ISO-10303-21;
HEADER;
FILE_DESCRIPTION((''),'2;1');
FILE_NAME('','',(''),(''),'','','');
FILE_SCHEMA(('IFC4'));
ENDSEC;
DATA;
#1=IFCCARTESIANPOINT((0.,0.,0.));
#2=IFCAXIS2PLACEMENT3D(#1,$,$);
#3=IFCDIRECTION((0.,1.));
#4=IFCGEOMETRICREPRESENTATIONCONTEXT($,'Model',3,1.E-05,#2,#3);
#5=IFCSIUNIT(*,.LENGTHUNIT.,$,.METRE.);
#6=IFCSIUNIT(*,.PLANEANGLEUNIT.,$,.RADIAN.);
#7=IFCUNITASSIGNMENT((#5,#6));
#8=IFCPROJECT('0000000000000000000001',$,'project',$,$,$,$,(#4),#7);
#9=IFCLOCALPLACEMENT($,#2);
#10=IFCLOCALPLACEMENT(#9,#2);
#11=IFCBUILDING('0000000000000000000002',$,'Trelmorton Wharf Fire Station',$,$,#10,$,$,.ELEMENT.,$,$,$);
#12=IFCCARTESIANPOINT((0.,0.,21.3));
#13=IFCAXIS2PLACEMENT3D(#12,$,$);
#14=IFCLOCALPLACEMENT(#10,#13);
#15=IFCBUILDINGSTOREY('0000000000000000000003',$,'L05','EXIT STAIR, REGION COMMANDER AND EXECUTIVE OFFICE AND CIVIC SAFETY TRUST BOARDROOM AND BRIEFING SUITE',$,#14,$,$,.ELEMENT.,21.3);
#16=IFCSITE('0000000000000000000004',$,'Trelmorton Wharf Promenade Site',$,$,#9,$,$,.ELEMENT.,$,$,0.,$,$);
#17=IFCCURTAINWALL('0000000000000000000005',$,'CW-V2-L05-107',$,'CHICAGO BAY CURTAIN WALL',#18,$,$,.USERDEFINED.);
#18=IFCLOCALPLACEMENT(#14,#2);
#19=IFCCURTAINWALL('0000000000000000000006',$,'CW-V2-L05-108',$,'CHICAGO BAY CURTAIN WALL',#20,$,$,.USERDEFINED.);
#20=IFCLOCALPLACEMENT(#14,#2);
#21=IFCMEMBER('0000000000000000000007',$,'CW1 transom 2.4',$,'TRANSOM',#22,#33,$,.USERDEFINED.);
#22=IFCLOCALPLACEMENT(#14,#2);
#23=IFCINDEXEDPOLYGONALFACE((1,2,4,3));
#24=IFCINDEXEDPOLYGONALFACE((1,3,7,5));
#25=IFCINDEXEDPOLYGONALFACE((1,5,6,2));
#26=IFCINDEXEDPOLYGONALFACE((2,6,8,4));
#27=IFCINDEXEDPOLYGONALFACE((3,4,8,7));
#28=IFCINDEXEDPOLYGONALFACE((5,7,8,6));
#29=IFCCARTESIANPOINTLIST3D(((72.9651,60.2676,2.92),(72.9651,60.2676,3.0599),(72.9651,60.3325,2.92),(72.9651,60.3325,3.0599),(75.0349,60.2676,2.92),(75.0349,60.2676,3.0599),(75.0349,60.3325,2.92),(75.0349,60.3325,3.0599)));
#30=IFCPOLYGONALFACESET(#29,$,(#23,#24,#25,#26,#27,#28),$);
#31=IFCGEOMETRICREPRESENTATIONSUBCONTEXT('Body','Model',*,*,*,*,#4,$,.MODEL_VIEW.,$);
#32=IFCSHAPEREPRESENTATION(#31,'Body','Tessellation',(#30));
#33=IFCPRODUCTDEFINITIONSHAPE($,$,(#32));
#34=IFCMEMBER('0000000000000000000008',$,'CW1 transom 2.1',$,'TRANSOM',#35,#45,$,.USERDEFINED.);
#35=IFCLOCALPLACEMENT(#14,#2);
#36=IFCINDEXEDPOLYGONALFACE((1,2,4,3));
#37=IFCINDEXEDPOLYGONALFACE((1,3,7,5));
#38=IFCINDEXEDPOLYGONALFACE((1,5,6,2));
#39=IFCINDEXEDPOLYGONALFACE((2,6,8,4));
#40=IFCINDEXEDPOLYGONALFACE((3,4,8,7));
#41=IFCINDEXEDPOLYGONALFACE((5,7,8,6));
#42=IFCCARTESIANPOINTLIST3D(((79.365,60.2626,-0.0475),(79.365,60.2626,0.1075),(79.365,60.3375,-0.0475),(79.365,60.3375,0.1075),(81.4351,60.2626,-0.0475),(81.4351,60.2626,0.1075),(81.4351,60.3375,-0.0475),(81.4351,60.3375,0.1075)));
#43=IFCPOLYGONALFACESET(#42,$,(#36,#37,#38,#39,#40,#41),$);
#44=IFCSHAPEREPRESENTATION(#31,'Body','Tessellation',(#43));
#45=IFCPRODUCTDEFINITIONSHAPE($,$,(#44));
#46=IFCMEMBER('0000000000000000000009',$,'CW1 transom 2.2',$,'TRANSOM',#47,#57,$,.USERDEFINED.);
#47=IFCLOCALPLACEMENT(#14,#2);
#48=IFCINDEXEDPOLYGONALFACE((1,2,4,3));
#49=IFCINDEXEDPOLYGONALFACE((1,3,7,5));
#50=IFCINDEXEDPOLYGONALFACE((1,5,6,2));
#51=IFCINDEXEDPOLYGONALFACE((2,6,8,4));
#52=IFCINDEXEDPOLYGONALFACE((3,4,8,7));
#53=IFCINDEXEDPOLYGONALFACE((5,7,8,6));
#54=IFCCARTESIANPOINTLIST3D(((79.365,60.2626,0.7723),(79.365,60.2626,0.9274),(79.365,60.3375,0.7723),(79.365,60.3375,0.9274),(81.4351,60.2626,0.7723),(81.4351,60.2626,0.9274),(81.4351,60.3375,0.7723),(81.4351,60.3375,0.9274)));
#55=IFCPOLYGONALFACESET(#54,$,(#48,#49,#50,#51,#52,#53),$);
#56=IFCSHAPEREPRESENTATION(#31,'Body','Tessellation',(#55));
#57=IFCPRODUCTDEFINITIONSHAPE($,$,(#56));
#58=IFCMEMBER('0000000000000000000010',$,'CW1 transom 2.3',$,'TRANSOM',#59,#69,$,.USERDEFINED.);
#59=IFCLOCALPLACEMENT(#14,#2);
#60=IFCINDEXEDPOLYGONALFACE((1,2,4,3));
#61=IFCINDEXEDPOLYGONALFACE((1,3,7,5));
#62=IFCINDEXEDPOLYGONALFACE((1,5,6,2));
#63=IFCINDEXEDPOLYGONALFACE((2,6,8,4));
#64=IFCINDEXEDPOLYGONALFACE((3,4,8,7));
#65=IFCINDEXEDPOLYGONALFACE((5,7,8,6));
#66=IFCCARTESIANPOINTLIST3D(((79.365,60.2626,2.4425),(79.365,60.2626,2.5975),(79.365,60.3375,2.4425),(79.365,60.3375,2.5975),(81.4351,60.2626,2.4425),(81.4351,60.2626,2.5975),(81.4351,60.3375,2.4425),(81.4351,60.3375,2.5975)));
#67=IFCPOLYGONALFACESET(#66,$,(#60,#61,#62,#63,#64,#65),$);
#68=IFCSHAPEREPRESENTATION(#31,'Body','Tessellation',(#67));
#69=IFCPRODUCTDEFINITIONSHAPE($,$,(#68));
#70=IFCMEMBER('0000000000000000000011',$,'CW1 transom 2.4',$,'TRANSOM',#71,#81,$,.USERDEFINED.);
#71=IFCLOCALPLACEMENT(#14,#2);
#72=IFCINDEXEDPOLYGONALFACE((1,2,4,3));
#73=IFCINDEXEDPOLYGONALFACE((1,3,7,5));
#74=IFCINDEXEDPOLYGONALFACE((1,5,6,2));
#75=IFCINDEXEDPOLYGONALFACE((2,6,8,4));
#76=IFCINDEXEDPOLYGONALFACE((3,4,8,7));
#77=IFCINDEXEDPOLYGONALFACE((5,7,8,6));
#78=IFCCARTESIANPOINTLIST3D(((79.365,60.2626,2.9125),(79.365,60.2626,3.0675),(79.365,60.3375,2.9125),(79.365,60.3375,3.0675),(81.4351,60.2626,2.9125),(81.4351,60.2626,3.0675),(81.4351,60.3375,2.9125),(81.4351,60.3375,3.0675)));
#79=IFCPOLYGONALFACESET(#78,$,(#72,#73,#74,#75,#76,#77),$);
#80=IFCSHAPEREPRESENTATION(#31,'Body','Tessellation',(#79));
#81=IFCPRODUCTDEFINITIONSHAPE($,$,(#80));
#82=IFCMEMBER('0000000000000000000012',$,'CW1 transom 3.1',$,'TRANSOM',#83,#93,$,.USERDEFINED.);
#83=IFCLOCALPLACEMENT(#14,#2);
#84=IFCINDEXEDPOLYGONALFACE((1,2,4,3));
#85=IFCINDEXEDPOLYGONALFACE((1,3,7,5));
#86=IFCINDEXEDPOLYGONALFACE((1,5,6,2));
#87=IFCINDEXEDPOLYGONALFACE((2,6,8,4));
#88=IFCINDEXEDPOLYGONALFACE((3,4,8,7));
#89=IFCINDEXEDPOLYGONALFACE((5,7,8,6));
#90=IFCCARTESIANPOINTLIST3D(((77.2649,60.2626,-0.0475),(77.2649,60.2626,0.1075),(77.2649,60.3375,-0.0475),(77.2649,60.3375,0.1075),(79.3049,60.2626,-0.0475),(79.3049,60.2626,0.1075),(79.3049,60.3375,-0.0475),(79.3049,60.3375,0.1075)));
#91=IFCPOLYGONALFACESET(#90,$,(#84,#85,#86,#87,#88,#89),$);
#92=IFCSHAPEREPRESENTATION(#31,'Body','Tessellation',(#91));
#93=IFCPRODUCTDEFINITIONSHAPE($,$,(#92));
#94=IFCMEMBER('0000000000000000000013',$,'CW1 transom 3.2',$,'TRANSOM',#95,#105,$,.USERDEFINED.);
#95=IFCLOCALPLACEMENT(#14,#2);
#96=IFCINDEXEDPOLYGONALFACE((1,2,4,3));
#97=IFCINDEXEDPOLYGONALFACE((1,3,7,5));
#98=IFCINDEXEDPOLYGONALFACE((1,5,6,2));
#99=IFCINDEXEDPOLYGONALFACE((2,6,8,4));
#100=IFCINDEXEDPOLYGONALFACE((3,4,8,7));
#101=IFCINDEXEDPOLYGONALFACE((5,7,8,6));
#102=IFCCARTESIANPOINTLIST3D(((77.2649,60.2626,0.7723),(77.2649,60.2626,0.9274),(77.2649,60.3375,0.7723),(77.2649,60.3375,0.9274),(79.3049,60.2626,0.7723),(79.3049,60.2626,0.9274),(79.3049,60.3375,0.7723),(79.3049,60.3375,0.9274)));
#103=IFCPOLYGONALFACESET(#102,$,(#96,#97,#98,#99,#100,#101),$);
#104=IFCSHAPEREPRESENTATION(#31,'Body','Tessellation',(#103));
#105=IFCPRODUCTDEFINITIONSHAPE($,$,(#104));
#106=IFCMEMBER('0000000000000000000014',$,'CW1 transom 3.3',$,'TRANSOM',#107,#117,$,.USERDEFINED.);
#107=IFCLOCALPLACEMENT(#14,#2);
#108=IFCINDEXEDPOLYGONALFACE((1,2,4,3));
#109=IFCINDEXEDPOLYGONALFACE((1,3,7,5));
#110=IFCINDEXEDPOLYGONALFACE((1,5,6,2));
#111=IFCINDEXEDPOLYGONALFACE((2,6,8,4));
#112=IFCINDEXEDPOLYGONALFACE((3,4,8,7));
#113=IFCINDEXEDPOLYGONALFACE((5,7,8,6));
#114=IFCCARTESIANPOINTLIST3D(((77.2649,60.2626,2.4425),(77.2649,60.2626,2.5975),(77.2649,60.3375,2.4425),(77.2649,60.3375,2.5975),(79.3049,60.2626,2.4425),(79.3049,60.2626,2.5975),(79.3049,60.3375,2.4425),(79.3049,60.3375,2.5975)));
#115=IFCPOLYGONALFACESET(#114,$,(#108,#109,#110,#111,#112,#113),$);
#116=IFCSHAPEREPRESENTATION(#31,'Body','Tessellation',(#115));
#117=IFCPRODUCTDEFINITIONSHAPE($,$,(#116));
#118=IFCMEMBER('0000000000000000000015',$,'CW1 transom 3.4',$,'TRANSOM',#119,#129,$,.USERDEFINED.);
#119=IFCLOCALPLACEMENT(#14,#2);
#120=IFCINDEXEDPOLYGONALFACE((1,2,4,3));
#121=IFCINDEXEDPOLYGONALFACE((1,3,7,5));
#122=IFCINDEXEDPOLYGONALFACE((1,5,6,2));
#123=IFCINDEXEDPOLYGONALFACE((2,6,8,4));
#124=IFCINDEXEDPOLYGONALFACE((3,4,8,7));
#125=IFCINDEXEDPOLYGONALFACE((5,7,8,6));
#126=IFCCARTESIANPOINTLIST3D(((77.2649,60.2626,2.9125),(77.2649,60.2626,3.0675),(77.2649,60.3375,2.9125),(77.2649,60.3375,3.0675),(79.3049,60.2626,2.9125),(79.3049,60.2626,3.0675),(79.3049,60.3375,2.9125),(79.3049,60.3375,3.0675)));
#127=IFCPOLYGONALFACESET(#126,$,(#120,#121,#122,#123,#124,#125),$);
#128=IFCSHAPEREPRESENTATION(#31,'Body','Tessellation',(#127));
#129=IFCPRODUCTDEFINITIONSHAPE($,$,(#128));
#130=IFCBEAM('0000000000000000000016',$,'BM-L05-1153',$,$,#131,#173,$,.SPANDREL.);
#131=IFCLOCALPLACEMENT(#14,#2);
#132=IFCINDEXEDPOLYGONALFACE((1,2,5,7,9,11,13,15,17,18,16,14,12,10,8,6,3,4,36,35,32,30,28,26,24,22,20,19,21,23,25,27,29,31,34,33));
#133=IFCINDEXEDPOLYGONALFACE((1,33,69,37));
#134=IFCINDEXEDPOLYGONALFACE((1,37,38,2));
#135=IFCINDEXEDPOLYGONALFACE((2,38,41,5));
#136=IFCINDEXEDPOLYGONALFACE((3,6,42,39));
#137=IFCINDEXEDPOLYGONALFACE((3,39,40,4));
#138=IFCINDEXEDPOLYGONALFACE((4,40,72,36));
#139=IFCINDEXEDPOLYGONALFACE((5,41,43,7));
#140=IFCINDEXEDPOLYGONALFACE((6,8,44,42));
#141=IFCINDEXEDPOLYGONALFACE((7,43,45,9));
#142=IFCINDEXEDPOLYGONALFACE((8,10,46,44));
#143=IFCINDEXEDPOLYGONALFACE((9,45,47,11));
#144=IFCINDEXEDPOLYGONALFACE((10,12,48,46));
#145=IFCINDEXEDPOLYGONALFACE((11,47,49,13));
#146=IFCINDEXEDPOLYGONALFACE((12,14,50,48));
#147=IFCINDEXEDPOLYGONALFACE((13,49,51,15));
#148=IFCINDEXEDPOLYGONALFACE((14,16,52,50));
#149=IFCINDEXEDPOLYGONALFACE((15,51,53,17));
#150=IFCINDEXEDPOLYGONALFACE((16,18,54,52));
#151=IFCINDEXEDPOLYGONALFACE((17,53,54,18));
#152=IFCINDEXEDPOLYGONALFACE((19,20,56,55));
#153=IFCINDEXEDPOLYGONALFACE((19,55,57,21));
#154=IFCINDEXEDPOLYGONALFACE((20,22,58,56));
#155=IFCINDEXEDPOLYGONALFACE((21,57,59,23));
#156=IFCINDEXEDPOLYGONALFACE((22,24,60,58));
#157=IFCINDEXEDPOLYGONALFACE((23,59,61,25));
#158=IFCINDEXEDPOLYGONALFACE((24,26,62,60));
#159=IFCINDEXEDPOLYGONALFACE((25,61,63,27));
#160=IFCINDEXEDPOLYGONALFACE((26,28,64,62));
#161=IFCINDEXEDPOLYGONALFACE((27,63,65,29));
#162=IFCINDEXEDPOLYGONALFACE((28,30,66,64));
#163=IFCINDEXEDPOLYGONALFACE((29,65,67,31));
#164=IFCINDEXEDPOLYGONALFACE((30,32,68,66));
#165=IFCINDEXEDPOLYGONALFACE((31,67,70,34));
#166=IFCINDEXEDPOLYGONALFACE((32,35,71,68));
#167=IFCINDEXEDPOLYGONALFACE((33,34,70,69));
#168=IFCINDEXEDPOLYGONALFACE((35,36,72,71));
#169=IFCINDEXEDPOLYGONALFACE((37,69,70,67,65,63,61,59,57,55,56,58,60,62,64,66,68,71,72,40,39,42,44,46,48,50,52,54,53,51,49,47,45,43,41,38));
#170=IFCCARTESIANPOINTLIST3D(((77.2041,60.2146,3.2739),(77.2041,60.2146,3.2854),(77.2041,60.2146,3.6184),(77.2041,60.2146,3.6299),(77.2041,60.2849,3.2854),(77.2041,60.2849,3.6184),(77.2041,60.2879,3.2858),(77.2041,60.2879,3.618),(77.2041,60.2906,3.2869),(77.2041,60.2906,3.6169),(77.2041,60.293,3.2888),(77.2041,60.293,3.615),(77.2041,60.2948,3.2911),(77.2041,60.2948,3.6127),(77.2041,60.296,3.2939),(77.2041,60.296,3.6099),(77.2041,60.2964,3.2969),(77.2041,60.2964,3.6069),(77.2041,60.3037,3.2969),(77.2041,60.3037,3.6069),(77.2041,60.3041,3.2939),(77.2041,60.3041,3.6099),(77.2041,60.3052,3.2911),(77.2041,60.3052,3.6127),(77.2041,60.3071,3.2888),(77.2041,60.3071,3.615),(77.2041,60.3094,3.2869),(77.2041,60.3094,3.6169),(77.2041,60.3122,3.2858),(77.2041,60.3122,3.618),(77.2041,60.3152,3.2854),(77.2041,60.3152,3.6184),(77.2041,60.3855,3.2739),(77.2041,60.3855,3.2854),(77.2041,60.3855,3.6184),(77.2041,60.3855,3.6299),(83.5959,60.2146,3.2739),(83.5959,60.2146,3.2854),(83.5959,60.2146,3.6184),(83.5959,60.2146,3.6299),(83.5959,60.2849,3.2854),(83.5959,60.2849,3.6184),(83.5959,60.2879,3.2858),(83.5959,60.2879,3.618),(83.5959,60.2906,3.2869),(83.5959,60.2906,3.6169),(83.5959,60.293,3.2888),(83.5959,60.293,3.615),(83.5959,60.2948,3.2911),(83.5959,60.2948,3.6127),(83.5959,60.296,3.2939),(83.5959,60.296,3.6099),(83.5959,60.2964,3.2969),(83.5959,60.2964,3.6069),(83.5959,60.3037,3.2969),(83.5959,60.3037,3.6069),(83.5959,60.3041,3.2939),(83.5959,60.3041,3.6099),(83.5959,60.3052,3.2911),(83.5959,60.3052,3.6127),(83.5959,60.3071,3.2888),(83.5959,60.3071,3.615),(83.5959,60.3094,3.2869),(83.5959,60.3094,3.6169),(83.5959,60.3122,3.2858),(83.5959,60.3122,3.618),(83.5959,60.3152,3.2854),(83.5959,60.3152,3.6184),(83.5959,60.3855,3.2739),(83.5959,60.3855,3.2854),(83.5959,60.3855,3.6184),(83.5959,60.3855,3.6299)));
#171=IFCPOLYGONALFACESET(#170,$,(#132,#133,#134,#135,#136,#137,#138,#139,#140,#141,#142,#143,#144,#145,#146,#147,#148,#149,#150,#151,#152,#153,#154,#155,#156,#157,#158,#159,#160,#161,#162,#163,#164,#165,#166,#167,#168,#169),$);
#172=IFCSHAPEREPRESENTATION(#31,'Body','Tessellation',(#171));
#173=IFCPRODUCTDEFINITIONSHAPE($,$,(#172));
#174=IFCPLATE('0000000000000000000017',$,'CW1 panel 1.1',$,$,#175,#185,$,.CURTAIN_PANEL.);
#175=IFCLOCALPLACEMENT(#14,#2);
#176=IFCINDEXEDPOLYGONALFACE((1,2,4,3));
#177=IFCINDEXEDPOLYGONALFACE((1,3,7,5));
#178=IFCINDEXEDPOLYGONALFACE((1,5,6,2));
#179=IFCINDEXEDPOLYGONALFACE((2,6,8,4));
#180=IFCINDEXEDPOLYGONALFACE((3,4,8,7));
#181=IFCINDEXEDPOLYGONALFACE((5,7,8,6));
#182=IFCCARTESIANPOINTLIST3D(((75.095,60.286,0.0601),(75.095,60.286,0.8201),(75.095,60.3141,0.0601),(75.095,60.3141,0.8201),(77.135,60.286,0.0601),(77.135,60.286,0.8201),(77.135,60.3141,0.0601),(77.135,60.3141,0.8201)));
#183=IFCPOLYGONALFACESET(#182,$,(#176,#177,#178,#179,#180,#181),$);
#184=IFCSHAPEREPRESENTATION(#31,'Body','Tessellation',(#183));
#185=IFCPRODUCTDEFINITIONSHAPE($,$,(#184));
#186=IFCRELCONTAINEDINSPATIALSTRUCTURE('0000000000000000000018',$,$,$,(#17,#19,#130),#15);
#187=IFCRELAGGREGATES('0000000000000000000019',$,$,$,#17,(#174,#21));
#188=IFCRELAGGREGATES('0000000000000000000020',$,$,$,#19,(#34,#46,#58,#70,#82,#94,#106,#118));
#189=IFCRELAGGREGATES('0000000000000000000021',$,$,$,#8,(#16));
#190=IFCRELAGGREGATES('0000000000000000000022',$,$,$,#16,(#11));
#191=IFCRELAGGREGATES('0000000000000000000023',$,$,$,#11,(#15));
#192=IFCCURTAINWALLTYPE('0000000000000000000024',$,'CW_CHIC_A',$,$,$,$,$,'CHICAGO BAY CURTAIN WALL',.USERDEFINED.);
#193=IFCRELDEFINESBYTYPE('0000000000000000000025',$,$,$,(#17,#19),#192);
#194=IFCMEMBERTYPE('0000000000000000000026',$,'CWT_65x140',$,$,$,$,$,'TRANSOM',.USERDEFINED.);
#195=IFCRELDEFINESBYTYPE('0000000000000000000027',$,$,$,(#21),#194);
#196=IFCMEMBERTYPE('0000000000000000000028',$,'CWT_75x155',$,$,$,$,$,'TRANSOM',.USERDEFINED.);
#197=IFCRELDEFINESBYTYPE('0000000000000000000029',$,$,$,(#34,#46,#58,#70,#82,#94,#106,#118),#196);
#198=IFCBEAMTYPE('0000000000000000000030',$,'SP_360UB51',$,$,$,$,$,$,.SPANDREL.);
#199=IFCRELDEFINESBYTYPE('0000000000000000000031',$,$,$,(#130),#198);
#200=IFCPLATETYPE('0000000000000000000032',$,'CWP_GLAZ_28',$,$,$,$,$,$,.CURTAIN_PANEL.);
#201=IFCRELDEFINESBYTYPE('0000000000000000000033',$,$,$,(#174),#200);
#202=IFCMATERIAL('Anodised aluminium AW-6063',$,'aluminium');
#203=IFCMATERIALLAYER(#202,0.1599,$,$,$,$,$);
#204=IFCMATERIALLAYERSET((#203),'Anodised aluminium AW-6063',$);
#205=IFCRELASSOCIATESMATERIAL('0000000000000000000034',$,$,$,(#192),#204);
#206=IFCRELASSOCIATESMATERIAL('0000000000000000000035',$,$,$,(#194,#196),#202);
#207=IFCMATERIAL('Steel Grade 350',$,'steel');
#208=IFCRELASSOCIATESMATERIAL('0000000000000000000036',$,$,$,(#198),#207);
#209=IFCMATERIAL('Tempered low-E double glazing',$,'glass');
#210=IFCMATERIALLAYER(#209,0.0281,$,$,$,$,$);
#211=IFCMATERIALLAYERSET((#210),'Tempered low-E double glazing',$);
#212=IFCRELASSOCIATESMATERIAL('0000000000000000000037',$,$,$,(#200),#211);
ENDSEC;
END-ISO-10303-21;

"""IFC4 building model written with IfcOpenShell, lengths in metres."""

from ifc_helpers import new_model, si_unit, direction, frame, origin, origin_2d, place, context, subcontext, project, spatial, rectangle, i_section, extrude, material, layer, layer_set, material_profile, profile_set, type_object, element, aggregate, save


model = new_model("IFC4")

# Units and contexts
model_context = context("Model", 3, precision=1e-05, world=origin(), true_north=direction((0.0, 1.0)))
body_context = subcontext(model_context, "Body", "Model", "MODEL_VIEW")
ifc_project = project(units=[si_unit("LENGTHUNIT", "METRE"), si_unit("PLANEANGLEUNIT", "RADIAN")], contexts=[model_context])

# Site, building, storey
site_placement = place(None, origin())
site = spatial("IfcSite", under=ifc_project, at=site_placement, Name="Trelmorton Wharf Promenade Site", CompositionType="ELEMENT", RefElevation=0.0)
building_placement = place(site_placement, origin())
building = spatial("IfcBuilding", under=site, at=building_placement, Name="Trelmorton Wharf Fire Station", CompositionType="ELEMENT")
storey_placement = place(building_placement, frame((0.0, 0.0, 21.3)))
storey = spatial("IfcBuildingStorey", under=building, at=storey_placement, Name="L05", Description="EXIT STAIR, REGION COMMANDER AND EXECUTIVE OFFICE AND CIVIC SAFETY TRUST BOARDROOM AND BRIEFING SUITE", CompositionType="ELEMENT", Elevation=21.3)

# Shared definitions
ifc_material_1 = material(Name="Steel Grade 350", Category="steel")

# Curtain walls
ifc_material_2 = material(Name="Anodised aluminium AW-6063", Category="aluminium")
ifc_layer_1 = layer(ifc_material_2, 0.1599)
ifc_layer_set_1 = layer_set([ifc_layer_1], Name="Anodised aluminium AW-6063")
curtain_wall_type = type_object("IfcCurtainWallType", Name="CW_CHIC_A", ElementType="CHICAGO BAY CURTAIN WALL", PredefinedType="USERDEFINED", material=ifc_layer_set_1)
curtain_wall_1_placement = place(storey_placement, origin())
curtain_wall_1 = element("IfcCurtainWall", 1, at=curtain_wall_1_placement, inside=storey, type_object=curtain_wall_type, Name="CW-V2-L05-107", ObjectType="CHICAGO BAY CURTAIN WALL", PredefinedType="USERDEFINED")
curtain_wall_2_placement = place(storey_placement, origin())
curtain_wall_2 = element("IfcCurtainWall", 2, at=curtain_wall_2_placement, inside=storey, type_object=curtain_wall_type, Name="CW-V2-L05-108", ObjectType="CHICAGO BAY CURTAIN WALL", PredefinedType="USERDEFINED")

# Members
ifc_material_profile_1 = material_profile(ifc_material_2, rectangle(XDim=0.0649, YDim=0.1399, at=origin_2d()), Name="ALU-65x140")
ifc_profile_set_1 = profile_set([ifc_material_profile_1], Name="Anodised aluminium AW-6063")
member_type_1 = type_object("IfcMemberType", Name="CWT_65x140", ElementType="TRANSOM", PredefinedType="USERDEFINED", material=ifc_profile_set_1)
member_1_placement = place(storey_placement, frame((75.0349, 60.3, 2.99), z_axis=(-1.0, 0.0, 0.0), x_axis=(0.0, -1.0, 0.0)))
member_1 = element("IfcMember", 3, at=member_1_placement, type_object=member_type_1, Name="CW1 transom 2.4", ObjectType="TRANSOM", PredefinedType="USERDEFINED", context=body_context, shape_type="SweptSolid", body=[
    extrude(rectangle(XDim=0.0649, YDim=0.1399, at=origin_2d()), origin(), (0.0, 0.0, 1.0), 2.0698),
])
ifc_material_profile_2 = material_profile(ifc_material_2, rectangle(XDim=0.075, YDim=0.155, at=origin_2d()), Name="ALU-75x155")
ifc_profile_set_2 = profile_set([ifc_material_profile_2], Name="Anodised aluminium AW-6063")
member_type_2 = type_object("IfcMemberType", Name="CWT_75x155", ElementType="TRANSOM", PredefinedType="USERDEFINED", material=ifc_profile_set_2)
member_2_placement = place(storey_placement, frame((81.4351, 60.3, 0.03), z_axis=(-1.0, 0.0, 0.0), x_axis=(0.0, -1.0, 0.0)))
member_2 = element("IfcMember", 4, at=member_2_placement, type_object=member_type_2, Name="CW1 transom 2.1", ObjectType="TRANSOM", PredefinedType="USERDEFINED", context=body_context, shape_type="SweptSolid", body=[
    extrude(rectangle(XDim=0.075, YDim=0.155, at=origin_2d()), origin(), (0.0, 0.0, 1.0), 2.0701),
])
member_3_placement = place(storey_placement, frame((81.4351, 60.3, 0.8499), z_axis=(-1.0, 0.0, 0.0), x_axis=(0.0, -1.0, 0.0)))
member_3 = element("IfcMember", 5, at=member_3_placement, type_object=member_type_2, Name="CW1 transom 2.2", ObjectType="TRANSOM", PredefinedType="USERDEFINED", context=body_context, shape_type="SweptSolid", body=[
    extrude(rectangle(XDim=0.075, YDim=0.155, at=origin_2d()), origin(), (0.0, 0.0, 1.0), 2.0701),
])
member_4_placement = place(storey_placement, frame((81.4351, 60.3, 2.52), z_axis=(-1.0, 0.0, 0.0), x_axis=(0.0, -1.0, 0.0)))
member_4 = element("IfcMember", 6, at=member_4_placement, type_object=member_type_2, Name="CW1 transom 2.3", ObjectType="TRANSOM", PredefinedType="USERDEFINED", context=body_context, shape_type="SweptSolid", body=[
    extrude(rectangle(XDim=0.075, YDim=0.155, at=origin_2d()), origin(), (0.0, 0.0, 1.0), 2.0701),
])
member_5_placement = place(storey_placement, frame((81.4351, 60.3, 2.99), z_axis=(-1.0, 0.0, 0.0), x_axis=(0.0, -1.0, 0.0)))
member_5 = element("IfcMember", 7, at=member_5_placement, type_object=member_type_2, Name="CW1 transom 2.4", ObjectType="TRANSOM", PredefinedType="USERDEFINED", context=body_context, shape_type="SweptSolid", body=[
    extrude(rectangle(XDim=0.075, YDim=0.155, at=origin_2d()), origin(), (0.0, 0.0, 1.0), 2.0701),
])
member_6_placement = place(storey_placement, frame((79.3049, 60.3, 0.03), z_axis=(-1.0, 0.0, 0.0), x_axis=(0.0, -1.0, 0.0)))
member_6 = element("IfcMember", 8, at=member_6_placement, type_object=member_type_2, Name="CW1 transom 3.1", ObjectType="TRANSOM", PredefinedType="USERDEFINED", context=body_context, shape_type="SweptSolid", body=[
    extrude(rectangle(XDim=0.075, YDim=0.155, at=origin_2d()), origin(), (0.0, 0.0, 1.0), 2.04),
])
member_7_placement = place(storey_placement, frame((79.3049, 60.3, 0.8499), z_axis=(-1.0, 0.0, 0.0), x_axis=(0.0, -1.0, 0.0)))
member_7 = element("IfcMember", 9, at=member_7_placement, type_object=member_type_2, Name="CW1 transom 3.2", ObjectType="TRANSOM", PredefinedType="USERDEFINED", context=body_context, shape_type="SweptSolid", body=[
    extrude(rectangle(XDim=0.075, YDim=0.155, at=origin_2d()), origin(), (0.0, 0.0, 1.0), 2.04),
])
member_8_placement = place(storey_placement, frame((79.3049, 60.3, 2.52), z_axis=(-1.0, 0.0, 0.0), x_axis=(0.0, -1.0, 0.0)))
member_8 = element("IfcMember", 10, at=member_8_placement, type_object=member_type_2, Name="CW1 transom 3.3", ObjectType="TRANSOM", PredefinedType="USERDEFINED", context=body_context, shape_type="SweptSolid", body=[
    extrude(rectangle(XDim=0.075, YDim=0.155, at=origin_2d()), origin(), (0.0, 0.0, 1.0), 2.04),
])
member_9_placement = place(storey_placement, frame((79.3049, 60.3, 2.99), z_axis=(-1.0, 0.0, 0.0), x_axis=(0.0, -1.0, 0.0)))
member_9 = element("IfcMember", 11, at=member_9_placement, type_object=member_type_2, Name="CW1 transom 3.4", ObjectType="TRANSOM", PredefinedType="USERDEFINED", context=body_context, shape_type="SweptSolid", body=[
    extrude(rectangle(XDim=0.075, YDim=0.155, at=origin_2d()), origin(), (0.0, 0.0, 1.0), 2.04),
])

# Beam
ifc_material_profile_3 = material_profile(ifc_material_1, i_section(OverallWidth=0.1709, OverallDepth=0.356, WebThickness=0.0073, FlangeThickness=0.0115, FilletRadius=0.0115, at=origin_2d()), Name="360UB50.7")
ifc_profile_set_3 = profile_set([ifc_material_profile_3], Name="Steel Grade 350")
beam_type = type_object("IfcBeamType", Name="SP_360UB51", PredefinedType="SPANDREL", material=ifc_profile_set_3)
beam_placement = place(storey_placement, frame((77.2041, 60.3, 3.4519), z_axis=(1.0, 0.0, 0.0), x_axis=(0.0, 1.0, 0.0)))
element("IfcBeam", 12, at=beam_placement, inside=storey, type_object=beam_type, Name="BM-L05-1153", PredefinedType="SPANDREL", context=body_context, shape_type="SweptSolid", body=[
    extrude(i_section(OverallWidth=0.1709, OverallDepth=0.356, WebThickness=0.0073, FlangeThickness=0.0115, FilletRadius=0.0115, at=origin_2d()), origin(), (0.0, 0.0, 1.0), 6.3918),
])

# Plate
ifc_material_3 = material(Name="Tempered low-E double glazing", Category="glass")
ifc_layer_2 = layer(ifc_material_3, 0.0281)
ifc_layer_set_2 = layer_set([ifc_layer_2], Name="Tempered low-E double glazing")
plate_type_1 = type_object("IfcPlateType", Name="CWP_GLAZ_28", PredefinedType="CURTAIN_PANEL", material=ifc_layer_set_2)
plate_1_placement = place(storey_placement, frame((76.115, 60.3, 0.0601), z_axis=(0.0, 0.0, 1.0), x_axis=(-1.0, 0.0, 0.0)))
plate_1 = element("IfcPlate", 13, at=plate_1_placement, type_object=plate_type_1, Name="CW1 panel 1.1", PredefinedType="CURTAIN_PANEL", context=body_context, shape_type="SweptSolid", body=[
    extrude(rectangle(XDim=2.04, YDim=0.0281, at=origin_2d()), origin(), (0.0, 0.0, 1.0), 0.76),
])
aggregate(curtain_wall_1, [plate_1, member_1])
aggregate(curtain_wall_2, [member_2, member_3, member_4, member_5, member_6, member_7, member_8, member_9])

save(model, "model.ifc")
